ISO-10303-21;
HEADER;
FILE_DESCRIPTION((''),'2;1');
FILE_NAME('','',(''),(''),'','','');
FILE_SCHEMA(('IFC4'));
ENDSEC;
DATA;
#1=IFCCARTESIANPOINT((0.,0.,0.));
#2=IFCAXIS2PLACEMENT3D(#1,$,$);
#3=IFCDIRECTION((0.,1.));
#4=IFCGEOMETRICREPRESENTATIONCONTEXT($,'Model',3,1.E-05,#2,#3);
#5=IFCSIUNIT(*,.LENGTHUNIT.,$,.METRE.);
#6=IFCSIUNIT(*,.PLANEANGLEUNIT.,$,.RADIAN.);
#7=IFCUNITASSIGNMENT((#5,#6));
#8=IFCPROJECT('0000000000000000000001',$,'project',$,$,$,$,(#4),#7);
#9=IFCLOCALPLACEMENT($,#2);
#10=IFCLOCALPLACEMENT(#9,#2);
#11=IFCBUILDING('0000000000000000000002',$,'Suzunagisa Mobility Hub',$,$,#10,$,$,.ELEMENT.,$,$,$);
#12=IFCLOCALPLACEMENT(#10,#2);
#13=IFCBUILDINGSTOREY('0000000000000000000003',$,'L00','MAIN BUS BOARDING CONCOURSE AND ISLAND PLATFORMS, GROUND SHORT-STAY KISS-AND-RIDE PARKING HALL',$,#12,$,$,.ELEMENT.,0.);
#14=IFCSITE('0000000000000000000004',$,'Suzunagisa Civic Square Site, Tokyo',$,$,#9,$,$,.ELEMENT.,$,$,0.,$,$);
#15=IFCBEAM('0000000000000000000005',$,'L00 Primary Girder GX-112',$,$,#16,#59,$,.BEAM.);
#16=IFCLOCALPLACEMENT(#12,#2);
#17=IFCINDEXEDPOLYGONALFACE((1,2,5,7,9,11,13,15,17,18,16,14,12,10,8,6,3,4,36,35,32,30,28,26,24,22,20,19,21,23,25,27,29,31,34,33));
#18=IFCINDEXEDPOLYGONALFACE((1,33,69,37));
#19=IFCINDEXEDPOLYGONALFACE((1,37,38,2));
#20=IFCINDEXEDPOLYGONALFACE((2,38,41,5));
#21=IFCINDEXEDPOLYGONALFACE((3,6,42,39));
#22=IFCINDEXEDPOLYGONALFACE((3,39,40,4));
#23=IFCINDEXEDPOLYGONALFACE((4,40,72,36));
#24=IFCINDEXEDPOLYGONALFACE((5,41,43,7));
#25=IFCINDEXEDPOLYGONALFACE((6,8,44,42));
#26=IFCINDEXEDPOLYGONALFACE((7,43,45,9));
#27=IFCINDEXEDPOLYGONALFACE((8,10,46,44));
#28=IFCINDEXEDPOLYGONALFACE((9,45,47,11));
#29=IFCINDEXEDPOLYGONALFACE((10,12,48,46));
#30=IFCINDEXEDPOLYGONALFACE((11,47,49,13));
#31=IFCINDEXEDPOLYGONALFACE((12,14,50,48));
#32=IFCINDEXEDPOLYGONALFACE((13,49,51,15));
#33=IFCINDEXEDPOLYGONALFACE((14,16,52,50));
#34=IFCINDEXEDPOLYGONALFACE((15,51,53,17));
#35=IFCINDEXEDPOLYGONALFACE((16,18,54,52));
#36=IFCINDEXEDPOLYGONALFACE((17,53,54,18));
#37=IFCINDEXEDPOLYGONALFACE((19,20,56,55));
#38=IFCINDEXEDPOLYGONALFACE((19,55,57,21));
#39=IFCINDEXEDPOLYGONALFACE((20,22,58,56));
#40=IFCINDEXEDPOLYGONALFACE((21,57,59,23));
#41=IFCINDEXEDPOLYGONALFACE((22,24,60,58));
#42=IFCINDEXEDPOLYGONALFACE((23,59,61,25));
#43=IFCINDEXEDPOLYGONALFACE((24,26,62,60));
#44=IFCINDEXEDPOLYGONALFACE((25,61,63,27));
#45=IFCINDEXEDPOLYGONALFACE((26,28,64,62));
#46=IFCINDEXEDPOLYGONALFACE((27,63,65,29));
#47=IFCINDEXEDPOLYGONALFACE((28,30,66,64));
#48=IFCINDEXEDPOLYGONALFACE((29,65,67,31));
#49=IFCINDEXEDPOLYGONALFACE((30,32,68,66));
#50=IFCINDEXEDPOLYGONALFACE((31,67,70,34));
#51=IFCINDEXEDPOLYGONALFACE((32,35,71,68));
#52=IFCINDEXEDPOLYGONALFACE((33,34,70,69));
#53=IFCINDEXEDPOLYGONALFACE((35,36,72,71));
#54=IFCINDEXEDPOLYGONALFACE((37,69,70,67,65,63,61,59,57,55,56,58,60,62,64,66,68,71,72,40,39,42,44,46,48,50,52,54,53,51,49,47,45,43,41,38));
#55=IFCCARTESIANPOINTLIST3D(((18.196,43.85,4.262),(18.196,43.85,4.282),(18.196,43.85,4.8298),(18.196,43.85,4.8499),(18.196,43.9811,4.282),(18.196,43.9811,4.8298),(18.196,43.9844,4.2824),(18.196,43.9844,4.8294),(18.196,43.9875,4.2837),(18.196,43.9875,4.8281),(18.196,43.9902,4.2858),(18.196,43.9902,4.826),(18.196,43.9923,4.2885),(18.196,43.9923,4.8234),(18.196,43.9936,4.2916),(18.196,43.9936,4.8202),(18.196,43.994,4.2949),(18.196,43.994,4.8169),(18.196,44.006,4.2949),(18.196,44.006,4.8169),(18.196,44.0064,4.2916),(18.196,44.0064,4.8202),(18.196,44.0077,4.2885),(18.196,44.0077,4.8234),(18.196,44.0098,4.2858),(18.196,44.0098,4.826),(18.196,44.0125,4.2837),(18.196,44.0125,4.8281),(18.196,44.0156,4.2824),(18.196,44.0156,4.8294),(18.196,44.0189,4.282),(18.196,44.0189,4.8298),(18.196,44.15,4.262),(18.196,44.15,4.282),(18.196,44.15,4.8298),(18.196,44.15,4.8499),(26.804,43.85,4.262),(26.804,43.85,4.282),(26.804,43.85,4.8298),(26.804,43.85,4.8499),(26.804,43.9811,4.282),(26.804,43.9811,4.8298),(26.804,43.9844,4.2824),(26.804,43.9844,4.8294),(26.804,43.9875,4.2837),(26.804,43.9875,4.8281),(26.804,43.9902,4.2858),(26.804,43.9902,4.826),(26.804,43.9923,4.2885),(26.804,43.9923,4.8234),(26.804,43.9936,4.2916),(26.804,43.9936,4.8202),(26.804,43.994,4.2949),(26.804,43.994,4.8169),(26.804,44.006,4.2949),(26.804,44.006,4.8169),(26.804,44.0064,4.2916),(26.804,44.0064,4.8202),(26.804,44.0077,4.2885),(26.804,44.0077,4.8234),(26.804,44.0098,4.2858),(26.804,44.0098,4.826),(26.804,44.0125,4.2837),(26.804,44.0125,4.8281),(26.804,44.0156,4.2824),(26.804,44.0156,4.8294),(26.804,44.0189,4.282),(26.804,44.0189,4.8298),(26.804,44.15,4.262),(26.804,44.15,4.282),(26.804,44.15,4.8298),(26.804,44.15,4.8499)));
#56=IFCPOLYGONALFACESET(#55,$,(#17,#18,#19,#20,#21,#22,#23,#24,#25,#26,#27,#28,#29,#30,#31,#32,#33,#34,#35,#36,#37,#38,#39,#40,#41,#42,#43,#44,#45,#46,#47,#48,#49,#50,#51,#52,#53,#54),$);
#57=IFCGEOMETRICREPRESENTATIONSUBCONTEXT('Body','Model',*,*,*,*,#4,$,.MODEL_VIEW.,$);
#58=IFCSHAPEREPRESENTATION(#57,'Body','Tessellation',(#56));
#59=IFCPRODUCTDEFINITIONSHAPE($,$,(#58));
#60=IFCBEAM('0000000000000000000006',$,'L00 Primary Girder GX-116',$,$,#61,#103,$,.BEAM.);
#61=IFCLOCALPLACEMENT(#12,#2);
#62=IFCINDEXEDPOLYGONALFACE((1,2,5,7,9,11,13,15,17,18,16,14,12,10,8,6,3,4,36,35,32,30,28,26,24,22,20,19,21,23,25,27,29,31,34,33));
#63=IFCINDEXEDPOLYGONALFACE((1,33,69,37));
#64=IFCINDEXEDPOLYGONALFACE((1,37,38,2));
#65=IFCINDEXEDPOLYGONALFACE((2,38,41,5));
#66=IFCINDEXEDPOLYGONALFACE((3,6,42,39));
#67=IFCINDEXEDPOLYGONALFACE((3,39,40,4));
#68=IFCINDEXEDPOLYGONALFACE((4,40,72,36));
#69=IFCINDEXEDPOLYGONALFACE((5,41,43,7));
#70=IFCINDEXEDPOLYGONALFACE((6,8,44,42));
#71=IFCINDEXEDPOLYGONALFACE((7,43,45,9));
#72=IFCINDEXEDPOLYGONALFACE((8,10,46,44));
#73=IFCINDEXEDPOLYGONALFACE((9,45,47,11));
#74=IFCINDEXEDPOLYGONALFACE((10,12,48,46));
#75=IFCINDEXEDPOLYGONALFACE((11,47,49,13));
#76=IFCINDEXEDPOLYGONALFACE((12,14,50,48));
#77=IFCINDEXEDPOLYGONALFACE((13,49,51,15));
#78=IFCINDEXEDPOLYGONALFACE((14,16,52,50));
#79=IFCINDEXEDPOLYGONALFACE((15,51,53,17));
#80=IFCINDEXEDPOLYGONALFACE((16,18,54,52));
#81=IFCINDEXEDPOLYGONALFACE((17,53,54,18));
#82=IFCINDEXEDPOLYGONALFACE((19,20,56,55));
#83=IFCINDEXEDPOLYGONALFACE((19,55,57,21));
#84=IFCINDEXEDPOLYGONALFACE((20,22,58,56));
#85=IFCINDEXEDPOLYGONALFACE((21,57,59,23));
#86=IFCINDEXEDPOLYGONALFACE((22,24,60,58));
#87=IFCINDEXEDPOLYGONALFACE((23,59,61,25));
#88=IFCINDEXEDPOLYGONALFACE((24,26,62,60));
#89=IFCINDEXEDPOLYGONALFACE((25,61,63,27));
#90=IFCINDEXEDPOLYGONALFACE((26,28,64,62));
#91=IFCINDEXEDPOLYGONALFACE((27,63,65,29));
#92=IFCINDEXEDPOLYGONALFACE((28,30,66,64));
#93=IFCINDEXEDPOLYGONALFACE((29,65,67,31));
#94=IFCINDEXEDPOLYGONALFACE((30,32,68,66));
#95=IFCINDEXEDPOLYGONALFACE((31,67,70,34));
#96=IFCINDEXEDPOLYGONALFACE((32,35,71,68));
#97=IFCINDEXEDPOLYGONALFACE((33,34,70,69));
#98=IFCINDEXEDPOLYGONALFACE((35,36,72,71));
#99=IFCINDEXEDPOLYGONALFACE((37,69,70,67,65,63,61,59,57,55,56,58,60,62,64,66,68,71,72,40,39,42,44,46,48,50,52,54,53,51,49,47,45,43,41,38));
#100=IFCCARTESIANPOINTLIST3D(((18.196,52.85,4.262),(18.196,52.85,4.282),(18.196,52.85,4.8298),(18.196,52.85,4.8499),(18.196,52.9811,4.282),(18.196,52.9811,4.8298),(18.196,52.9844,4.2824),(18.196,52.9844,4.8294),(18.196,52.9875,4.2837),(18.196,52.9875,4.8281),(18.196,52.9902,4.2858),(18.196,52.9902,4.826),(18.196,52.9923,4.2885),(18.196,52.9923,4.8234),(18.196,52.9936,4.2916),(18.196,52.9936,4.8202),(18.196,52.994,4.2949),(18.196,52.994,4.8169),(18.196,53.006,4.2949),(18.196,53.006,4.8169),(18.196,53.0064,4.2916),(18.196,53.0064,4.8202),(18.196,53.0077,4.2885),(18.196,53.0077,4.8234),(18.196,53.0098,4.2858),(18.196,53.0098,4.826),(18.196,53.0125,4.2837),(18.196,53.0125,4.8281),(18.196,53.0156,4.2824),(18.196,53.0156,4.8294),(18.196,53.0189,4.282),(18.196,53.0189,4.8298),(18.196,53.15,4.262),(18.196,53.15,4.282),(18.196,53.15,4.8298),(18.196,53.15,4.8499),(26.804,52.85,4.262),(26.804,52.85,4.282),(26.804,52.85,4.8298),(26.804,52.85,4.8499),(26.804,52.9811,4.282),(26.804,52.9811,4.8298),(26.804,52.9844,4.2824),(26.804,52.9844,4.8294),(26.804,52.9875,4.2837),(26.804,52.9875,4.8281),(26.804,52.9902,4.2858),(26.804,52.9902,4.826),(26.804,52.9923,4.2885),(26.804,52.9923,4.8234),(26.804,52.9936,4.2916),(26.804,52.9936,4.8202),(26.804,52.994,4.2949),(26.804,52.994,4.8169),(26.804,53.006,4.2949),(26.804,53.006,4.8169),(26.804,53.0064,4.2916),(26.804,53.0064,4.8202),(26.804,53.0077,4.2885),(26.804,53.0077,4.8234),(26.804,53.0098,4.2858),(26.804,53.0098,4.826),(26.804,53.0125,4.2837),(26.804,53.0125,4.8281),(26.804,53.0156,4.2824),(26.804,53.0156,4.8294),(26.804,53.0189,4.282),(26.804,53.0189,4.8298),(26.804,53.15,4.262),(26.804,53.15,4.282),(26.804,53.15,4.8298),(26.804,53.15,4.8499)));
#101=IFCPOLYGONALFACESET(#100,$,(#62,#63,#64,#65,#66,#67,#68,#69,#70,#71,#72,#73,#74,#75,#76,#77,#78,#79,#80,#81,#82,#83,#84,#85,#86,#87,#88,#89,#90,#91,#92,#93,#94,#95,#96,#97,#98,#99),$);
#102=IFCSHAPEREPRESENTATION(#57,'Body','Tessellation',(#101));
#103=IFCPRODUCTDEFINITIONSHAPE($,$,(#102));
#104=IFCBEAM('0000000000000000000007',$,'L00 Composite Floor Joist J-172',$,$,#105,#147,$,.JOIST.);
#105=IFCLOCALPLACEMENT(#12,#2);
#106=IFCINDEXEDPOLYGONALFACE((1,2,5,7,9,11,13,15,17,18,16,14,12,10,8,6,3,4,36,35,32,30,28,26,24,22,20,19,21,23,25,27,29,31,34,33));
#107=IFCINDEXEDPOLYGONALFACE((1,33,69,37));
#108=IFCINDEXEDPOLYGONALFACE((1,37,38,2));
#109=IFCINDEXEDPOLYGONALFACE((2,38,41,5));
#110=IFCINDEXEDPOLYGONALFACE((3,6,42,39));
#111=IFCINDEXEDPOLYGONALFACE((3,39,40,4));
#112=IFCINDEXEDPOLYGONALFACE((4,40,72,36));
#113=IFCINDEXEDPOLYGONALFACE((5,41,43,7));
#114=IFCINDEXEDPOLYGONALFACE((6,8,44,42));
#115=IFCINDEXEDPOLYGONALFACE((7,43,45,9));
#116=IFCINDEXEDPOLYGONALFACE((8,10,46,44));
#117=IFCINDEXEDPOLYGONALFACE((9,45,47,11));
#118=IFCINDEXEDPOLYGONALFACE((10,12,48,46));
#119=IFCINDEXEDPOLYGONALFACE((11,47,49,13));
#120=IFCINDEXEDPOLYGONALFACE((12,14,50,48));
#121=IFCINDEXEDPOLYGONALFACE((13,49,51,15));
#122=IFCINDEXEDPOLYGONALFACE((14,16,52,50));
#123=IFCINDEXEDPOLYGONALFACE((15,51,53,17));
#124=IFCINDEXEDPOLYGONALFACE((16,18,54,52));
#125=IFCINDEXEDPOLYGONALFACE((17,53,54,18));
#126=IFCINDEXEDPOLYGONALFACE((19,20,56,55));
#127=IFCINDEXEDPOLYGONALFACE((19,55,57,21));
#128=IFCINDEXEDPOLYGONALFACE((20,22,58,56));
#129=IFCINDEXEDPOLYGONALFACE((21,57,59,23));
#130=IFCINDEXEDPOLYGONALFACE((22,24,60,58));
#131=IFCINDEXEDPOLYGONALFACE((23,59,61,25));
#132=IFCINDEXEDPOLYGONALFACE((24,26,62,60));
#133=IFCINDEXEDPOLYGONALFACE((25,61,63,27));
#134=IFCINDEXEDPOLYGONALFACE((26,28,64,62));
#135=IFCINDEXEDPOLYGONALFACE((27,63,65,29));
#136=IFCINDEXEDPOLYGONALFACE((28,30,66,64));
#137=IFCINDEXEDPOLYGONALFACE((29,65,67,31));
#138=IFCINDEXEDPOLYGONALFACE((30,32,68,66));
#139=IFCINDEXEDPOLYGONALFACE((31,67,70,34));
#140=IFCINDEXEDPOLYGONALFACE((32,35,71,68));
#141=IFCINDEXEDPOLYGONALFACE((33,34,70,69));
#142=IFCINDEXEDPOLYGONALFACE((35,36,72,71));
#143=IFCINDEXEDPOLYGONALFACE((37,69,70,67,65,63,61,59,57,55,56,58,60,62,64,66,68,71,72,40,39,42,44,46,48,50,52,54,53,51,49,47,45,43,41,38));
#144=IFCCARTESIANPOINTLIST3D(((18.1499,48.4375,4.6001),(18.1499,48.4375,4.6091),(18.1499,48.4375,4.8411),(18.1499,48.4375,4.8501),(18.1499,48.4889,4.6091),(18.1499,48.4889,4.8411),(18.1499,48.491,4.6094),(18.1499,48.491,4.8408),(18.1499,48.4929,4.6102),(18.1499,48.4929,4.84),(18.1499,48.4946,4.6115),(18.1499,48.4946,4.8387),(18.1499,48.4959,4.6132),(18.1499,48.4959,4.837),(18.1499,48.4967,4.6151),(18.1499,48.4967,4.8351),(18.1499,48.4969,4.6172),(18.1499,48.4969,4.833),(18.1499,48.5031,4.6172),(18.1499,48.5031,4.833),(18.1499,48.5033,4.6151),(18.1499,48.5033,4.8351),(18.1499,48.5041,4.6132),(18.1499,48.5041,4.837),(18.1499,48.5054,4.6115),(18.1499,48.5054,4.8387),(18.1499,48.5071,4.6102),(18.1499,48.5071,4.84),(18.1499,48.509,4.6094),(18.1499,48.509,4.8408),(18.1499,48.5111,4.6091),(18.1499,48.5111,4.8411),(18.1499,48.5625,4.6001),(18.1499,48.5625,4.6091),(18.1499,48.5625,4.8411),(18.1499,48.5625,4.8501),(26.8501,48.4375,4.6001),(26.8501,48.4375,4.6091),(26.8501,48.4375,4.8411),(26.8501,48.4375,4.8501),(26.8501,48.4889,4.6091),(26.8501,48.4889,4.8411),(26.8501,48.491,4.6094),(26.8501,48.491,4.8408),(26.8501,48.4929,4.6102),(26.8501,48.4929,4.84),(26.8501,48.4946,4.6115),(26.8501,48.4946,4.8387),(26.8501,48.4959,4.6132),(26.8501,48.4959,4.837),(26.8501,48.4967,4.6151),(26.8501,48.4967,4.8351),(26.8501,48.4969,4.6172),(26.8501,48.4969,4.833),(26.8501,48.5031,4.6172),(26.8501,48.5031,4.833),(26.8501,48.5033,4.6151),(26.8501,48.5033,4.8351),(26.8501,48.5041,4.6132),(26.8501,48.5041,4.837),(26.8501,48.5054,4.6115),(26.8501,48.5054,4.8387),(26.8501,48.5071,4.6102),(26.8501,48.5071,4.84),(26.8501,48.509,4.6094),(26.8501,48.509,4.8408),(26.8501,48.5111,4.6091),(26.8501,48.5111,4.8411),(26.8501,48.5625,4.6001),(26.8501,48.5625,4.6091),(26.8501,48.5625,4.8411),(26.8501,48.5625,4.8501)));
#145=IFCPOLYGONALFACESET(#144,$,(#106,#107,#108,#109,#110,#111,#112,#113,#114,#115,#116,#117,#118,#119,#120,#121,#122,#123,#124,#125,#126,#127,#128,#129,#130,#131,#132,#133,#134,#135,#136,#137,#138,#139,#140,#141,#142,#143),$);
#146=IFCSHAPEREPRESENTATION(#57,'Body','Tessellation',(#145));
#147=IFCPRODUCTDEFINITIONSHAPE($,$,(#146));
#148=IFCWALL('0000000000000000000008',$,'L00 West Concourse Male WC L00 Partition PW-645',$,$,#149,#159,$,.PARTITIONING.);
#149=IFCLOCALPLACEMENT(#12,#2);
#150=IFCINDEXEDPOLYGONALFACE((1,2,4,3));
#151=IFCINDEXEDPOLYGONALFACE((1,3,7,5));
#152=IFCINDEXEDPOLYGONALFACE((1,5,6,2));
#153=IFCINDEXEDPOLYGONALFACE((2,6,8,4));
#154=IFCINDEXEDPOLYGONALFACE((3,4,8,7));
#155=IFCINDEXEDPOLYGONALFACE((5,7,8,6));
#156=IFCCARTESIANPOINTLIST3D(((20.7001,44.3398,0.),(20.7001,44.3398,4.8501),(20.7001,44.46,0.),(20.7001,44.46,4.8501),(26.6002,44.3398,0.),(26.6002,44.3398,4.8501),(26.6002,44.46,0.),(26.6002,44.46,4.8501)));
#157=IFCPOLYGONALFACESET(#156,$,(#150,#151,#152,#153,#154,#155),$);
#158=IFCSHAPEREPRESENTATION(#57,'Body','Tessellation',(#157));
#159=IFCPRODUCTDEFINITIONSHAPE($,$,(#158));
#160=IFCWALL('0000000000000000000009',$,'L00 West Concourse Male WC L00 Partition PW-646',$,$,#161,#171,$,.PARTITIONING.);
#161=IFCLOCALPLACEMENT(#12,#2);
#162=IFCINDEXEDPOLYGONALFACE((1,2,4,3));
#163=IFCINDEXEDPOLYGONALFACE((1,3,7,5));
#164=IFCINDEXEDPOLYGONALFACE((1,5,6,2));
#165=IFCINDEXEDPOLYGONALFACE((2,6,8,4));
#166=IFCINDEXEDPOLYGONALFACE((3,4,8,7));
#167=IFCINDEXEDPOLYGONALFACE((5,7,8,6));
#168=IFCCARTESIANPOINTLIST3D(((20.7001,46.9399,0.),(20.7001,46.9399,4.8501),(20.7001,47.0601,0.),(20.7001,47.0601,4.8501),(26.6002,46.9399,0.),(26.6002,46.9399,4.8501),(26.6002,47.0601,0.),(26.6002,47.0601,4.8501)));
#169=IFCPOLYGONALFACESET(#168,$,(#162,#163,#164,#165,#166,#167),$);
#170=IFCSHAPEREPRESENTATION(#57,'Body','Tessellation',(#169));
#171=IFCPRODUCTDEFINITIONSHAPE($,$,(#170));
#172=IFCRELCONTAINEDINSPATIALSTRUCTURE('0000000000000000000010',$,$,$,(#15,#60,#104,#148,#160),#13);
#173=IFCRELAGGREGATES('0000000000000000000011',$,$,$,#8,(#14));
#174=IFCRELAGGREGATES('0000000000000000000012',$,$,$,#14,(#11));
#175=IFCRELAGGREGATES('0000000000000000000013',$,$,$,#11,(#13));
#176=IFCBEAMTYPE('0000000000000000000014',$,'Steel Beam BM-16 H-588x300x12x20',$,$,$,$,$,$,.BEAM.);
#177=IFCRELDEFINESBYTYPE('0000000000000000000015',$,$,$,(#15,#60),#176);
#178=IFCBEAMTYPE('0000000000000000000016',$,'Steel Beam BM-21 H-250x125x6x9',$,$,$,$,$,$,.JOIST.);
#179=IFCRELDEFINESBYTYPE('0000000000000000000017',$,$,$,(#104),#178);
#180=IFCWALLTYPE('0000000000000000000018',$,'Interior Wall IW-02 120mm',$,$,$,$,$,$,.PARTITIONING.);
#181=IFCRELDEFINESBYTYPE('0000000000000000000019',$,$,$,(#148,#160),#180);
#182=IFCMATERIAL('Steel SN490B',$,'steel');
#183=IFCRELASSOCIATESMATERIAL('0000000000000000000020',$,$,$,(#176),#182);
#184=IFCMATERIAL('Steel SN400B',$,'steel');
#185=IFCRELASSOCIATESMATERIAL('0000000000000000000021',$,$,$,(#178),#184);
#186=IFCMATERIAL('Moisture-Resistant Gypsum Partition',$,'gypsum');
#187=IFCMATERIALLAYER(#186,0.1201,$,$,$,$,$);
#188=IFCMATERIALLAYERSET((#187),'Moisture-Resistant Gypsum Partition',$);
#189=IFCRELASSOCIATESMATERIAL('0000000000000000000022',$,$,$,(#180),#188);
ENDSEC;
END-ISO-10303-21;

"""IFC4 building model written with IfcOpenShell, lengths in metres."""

from ifc_helpers import new_model, si_unit, direction, frame, frame_2d, origin, origin_2d, place, context, subcontext, project, spatial, rectangle, i_section, extrude, material, layer, layer_set, material_profile, profile_set, type_object, element, save


model = new_model("IFC4")

# Units and contexts
model_context = context("Model", 3, precision=1e-05, world=origin(), true_north=direction((0.0, 1.0)))
body_context = subcontext(model_context, "Body", "Model", "MODEL_VIEW")
ifc_project = project(units=[si_unit("LENGTHUNIT", "METRE"), si_unit("PLANEANGLEUNIT", "RADIAN")], contexts=[model_context])

# Site, building, storey
site_placement = place(None, origin())
site = spatial("IfcSite", under=ifc_project, at=site_placement, Name="Suzunagisa Civic Square Site, Tokyo", CompositionType="ELEMENT", RefElevation=0.0)
building_placement = place(site_placement, origin())
building = spatial("IfcBuilding", under=site, at=building_placement, Name="Suzunagisa Mobility Hub", CompositionType="ELEMENT")
storey_placement = place(building_placement, origin())
storey = spatial("IfcBuildingStorey", under=building, at=storey_placement, Name="L00", Description="MAIN BUS BOARDING CONCOURSE AND ISLAND PLATFORMS, GROUND SHORT-STAY KISS-AND-RIDE PARKING HALL", CompositionType="ELEMENT", Elevation=0.0)

# Beams
ifc_material_1 = material(Name="Steel SN490B", Category="steel")
ifc_material_profile_1 = material_profile(ifc_material_1, i_section(OverallWidth=0.3, OverallDepth=0.5879, WebThickness=0.012, FlangeThickness=0.02, FilletRadius=0.0129, at=origin_2d()), Name="H-588x300x12x20")
ifc_profile_set_1 = profile_set([ifc_material_profile_1], Name="Steel SN490B")
beam_type_1 = type_object("IfcBeamType", Name="Steel Beam BM-16 H-588x300x12x20", PredefinedType="BEAM", material=ifc_profile_set_1)
for number, where, z_axis, x_axis, name in (
    (1, (18.196, 44.0, 4.5559), (1.0, 0.0, 0.0), (0.0, 1.0, 0.0), "L00 Primary Girder GX-112"),
    (2, (18.196, 53.0, 4.5559), (1.0, 0.0, 0.0), (0.0, 1.0, 0.0), "L00 Primary Girder GX-116"),
):
    element("IfcBeam", number, at=place(storey_placement, frame(where, z_axis=z_axis, x_axis=x_axis)), inside=storey, type_object=beam_type_1, Name=name, PredefinedType="BEAM", context=body_context, shape_type="SweptSolid", body=[
        extrude(i_section(OverallWidth=0.3, OverallDepth=0.5879, WebThickness=0.012, FlangeThickness=0.02, FilletRadius=0.0129, at=origin_2d()), origin(), (0.0, 0.0, 1.0), 8.6079),
    ])
ifc_material_2 = material(Name="Steel SN400B", Category="steel")
ifc_material_profile_2 = material_profile(ifc_material_2, i_section(OverallWidth=0.125, OverallDepth=0.25, WebThickness=0.0061, FlangeThickness=0.009, FilletRadius=0.0081, at=origin_2d()), Name="H-250x125x6x9")
ifc_profile_set_2 = profile_set([ifc_material_profile_2], Name="Steel SN400B")
beam_type_2 = type_object("IfcBeamType", Name="Steel Beam BM-21 H-250x125x6x9", PredefinedType="JOIST", material=ifc_profile_set_2)
beam_placement = place(storey_placement, frame((18.1499, 48.5, 4.7251), z_axis=(1.0, 0.0, 0.0), x_axis=(0.0, 1.0, 0.0)))
element("IfcBeam", 3, at=beam_placement, inside=storey, type_object=beam_type_2, Name="L00 Composite Floor Joist J-172", PredefinedType="JOIST", context=body_context, shape_type="SweptSolid", body=[
    extrude(i_section(OverallWidth=0.125, OverallDepth=0.25, WebThickness=0.0061, FlangeThickness=0.009, FilletRadius=0.0081, at=origin_2d()), origin(), (0.0, 0.0, 1.0), 8.7002),
])

# Walls
ifc_material_3 = material(Name="Moisture-Resistant Gypsum Partition", Category="gypsum")
ifc_layer_1 = layer(ifc_material_3, 0.1201)
ifc_layer_set_1 = layer_set([ifc_layer_1], Name="Moisture-Resistant Gypsum Partition")
wall_type_1 = type_object("IfcWallType", Name="Interior Wall IW-02 120mm", PredefinedType="PARTITIONING", material=ifc_layer_set_1)
for number, where, z_axis, x_axis, name in (
    (4, (20.7, 44.3999, 0.0), (0.0, 0.0, 1.0), (1.0, 0.0, 0.0), "L00 West Concourse Male WC L00 Partition PW-645"),
    (5, (20.7, 47.0, 0.0), (0.0, 0.0, 1.0), (1.0, 0.0, 0.0), "L00 West Concourse Male WC L00 Partition PW-646"),
):
    element("IfcWall", number, at=place(storey_placement, frame(where, z_axis=z_axis, x_axis=x_axis)), inside=storey, type_object=wall_type_1, Name=name, PredefinedType="PARTITIONING", context=body_context, shape_type="SweptSolid", body=[
        extrude(rectangle(XDim=5.9001, YDim=0.1201, at=frame_2d((2.9502, 0.0))), origin(), (0.0, 0.0, 1.0), 4.8501),
    ])

save(model, "model.ifc")
